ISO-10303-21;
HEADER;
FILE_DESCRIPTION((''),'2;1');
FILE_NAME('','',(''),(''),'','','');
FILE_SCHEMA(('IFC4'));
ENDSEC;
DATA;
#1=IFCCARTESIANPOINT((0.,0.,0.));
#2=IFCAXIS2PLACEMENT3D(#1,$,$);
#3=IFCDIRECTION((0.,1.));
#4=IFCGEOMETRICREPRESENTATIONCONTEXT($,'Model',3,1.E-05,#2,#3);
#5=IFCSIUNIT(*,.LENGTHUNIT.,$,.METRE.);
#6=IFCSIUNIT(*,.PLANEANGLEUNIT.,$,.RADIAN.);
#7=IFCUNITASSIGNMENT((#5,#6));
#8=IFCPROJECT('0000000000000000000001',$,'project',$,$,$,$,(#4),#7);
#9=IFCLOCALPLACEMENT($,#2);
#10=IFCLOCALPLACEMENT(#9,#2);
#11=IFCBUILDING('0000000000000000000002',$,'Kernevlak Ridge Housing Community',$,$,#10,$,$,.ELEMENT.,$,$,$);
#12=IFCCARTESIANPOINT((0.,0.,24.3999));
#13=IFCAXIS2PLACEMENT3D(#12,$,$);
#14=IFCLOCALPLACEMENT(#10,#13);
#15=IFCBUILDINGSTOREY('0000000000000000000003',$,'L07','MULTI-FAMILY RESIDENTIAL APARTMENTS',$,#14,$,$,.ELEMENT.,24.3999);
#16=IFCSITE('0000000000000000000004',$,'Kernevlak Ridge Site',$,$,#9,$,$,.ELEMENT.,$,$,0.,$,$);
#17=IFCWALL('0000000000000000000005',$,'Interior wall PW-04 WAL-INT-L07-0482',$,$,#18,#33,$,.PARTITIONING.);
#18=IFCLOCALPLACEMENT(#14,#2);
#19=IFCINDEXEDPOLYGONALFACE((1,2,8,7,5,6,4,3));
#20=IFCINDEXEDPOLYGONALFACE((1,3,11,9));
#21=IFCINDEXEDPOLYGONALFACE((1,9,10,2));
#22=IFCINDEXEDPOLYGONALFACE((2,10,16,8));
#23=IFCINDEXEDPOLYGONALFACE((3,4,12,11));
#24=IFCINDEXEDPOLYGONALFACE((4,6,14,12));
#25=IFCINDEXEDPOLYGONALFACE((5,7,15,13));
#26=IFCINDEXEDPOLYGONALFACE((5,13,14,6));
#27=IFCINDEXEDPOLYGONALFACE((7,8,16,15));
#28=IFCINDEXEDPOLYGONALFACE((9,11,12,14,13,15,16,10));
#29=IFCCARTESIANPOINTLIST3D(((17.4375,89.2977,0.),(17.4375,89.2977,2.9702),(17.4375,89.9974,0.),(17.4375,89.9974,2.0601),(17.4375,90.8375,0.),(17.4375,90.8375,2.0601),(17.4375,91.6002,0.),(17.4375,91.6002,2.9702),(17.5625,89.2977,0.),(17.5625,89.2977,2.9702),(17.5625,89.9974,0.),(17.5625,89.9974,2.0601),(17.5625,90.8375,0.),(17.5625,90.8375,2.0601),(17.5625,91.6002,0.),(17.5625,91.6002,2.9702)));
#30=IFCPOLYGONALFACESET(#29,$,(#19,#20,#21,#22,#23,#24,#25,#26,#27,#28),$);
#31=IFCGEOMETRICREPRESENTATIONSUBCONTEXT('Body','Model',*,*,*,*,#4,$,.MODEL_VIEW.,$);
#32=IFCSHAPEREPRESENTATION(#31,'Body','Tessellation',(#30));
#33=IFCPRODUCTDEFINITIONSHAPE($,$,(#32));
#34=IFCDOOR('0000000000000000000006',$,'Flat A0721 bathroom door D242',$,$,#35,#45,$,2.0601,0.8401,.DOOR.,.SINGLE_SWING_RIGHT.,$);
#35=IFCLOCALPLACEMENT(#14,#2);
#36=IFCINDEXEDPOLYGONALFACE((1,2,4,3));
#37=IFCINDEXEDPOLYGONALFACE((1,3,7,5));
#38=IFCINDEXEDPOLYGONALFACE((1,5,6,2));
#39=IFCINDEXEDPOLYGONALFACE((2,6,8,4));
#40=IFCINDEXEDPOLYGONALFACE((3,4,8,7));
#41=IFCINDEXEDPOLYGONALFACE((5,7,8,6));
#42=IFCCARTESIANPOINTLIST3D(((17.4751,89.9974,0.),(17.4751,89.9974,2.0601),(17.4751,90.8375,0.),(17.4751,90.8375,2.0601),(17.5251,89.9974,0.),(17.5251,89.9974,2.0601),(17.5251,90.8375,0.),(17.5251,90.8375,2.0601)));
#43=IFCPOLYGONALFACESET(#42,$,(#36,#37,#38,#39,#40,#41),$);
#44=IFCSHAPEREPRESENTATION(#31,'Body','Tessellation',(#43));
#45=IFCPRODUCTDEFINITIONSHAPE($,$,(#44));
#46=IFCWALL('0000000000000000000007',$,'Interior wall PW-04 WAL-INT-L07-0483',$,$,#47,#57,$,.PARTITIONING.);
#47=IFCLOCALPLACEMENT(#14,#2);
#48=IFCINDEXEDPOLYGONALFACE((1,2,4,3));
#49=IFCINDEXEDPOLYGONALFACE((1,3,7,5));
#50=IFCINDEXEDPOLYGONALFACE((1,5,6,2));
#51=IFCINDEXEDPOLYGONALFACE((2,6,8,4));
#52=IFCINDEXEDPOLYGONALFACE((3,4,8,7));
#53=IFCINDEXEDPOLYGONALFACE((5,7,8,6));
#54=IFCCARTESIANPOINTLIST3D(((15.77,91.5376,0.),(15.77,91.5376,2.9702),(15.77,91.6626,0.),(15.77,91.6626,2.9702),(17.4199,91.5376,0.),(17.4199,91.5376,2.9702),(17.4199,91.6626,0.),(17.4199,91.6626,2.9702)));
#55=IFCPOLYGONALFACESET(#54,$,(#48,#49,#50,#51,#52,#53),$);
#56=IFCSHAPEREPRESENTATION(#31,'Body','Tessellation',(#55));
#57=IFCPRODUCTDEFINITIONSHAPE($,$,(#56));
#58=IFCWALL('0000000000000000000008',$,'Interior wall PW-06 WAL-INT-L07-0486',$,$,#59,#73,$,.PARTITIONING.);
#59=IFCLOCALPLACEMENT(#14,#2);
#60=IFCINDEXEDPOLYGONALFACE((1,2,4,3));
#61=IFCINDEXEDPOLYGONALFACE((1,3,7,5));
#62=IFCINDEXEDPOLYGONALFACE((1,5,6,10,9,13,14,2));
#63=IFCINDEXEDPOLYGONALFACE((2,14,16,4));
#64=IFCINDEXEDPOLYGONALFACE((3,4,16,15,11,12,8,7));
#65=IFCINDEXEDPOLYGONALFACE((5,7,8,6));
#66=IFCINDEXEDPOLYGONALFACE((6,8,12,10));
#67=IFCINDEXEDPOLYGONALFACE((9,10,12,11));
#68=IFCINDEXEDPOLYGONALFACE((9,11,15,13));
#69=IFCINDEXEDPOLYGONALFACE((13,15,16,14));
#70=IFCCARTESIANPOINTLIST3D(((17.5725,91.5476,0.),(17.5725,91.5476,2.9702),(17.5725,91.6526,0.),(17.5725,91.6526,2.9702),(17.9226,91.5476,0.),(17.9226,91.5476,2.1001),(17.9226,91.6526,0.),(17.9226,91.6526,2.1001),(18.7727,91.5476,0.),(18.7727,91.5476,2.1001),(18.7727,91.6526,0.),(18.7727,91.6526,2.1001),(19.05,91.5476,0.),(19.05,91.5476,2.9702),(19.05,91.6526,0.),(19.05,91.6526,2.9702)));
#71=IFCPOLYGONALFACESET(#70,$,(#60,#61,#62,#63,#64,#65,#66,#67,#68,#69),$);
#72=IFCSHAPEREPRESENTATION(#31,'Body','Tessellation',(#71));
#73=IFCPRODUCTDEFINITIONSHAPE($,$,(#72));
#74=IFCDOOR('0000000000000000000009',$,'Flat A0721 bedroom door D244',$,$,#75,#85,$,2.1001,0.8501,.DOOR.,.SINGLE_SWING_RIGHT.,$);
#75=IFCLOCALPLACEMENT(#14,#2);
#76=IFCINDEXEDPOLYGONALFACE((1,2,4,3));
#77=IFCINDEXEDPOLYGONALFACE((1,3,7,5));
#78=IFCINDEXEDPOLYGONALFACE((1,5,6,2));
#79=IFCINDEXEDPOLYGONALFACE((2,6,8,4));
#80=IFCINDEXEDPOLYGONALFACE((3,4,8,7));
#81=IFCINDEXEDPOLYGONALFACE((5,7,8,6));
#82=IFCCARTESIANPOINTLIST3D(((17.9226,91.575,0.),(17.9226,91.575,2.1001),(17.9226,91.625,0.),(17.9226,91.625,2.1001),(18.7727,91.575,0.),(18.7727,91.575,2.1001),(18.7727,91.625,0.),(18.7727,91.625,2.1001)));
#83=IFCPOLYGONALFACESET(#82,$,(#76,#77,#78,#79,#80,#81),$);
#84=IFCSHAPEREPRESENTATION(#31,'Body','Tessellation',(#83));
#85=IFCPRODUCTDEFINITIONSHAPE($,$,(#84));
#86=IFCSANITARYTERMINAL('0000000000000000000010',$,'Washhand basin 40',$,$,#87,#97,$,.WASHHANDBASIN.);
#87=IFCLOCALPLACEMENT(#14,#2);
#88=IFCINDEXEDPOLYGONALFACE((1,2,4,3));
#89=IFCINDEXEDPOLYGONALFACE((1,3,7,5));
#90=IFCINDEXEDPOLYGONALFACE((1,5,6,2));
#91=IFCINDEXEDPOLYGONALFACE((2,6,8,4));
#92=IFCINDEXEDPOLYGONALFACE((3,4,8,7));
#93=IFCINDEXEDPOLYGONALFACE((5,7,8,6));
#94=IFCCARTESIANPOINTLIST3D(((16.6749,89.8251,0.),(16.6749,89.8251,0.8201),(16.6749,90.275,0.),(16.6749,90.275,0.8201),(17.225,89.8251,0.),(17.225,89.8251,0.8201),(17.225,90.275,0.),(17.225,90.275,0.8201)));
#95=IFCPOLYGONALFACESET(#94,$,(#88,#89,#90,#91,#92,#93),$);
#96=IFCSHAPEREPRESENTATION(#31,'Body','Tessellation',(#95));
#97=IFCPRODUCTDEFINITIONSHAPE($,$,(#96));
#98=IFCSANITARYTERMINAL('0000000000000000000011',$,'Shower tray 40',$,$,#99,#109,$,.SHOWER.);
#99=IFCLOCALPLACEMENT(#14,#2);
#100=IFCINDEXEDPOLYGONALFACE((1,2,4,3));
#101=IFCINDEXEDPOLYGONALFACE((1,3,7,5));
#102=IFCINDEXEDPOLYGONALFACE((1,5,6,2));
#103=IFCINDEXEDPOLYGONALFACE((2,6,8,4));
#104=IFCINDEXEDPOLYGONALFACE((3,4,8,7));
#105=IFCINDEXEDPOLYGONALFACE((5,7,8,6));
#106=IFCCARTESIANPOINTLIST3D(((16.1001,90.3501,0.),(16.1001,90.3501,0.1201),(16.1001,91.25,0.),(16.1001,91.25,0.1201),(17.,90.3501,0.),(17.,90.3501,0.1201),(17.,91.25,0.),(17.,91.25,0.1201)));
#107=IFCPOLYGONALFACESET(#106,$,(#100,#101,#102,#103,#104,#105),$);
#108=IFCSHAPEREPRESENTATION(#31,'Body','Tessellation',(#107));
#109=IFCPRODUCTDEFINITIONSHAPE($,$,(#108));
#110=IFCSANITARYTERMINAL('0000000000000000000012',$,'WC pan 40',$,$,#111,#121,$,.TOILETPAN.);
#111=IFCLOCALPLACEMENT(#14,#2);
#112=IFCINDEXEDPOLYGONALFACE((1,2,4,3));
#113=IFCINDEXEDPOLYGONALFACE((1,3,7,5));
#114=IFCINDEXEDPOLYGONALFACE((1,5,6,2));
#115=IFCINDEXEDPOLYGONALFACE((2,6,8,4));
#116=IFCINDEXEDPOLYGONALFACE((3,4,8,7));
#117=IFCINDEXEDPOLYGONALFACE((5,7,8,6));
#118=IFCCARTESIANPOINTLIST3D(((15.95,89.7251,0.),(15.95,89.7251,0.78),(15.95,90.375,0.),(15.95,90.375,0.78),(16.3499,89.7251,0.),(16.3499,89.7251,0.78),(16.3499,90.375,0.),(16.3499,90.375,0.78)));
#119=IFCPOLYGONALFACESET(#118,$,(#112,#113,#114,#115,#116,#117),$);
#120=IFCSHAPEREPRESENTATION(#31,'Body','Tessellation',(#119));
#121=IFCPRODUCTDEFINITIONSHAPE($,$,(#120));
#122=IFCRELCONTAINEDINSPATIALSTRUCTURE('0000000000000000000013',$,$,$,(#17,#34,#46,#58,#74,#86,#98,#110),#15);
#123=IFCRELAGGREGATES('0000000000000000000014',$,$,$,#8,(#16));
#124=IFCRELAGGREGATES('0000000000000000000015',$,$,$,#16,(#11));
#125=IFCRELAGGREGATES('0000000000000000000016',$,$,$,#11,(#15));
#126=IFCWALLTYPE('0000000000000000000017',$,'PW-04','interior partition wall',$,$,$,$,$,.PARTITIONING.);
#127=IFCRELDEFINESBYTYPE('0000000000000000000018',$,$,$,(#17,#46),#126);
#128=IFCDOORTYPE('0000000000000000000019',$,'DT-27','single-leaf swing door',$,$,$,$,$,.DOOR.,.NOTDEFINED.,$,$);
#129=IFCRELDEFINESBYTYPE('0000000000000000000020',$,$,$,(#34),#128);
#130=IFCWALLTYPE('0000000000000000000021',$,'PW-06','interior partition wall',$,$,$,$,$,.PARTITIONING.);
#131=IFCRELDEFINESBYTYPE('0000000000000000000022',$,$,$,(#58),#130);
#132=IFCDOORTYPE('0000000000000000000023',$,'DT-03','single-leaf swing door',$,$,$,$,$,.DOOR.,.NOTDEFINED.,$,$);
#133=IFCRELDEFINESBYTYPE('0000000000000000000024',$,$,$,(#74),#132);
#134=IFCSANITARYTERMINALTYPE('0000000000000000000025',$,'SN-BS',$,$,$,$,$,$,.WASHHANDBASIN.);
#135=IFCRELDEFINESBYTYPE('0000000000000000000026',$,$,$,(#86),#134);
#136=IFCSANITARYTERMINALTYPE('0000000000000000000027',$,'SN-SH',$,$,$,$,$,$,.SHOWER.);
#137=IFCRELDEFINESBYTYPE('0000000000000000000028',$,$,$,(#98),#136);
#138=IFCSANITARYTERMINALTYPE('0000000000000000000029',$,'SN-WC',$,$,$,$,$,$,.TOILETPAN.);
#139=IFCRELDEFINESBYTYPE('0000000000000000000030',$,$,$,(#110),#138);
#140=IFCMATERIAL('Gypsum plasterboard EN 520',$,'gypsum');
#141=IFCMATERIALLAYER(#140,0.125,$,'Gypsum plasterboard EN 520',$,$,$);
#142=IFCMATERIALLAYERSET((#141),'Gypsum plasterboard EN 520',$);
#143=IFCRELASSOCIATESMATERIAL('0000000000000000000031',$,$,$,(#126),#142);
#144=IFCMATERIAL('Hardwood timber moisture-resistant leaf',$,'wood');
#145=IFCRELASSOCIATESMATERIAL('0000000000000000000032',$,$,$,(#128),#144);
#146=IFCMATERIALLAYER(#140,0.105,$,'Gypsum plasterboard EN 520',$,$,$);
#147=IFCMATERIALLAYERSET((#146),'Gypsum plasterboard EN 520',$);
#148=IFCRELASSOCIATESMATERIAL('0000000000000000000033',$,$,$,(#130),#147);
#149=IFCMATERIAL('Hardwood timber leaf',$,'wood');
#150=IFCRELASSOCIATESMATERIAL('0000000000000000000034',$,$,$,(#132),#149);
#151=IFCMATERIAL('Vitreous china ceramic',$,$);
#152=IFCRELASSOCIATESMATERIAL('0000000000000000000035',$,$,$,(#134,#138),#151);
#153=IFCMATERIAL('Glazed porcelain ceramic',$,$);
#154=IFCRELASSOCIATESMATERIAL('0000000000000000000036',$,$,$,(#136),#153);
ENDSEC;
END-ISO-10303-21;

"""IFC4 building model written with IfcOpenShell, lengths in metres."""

from ifc_helpers import new_model, si_unit, direction, frame, frame_2d, origin, origin_2d, place, context, subcontext, project, spatial, rectangle, extrude, material, layer, layer_set, type_object, element, fill, save


model = new_model("IFC4")

# Units and contexts
model_context = context("Model", 3, precision=1e-05, world=origin(), true_north=direction((0.0, 1.0)))
body_context = subcontext(model_context, "Body", "Model", "MODEL_VIEW")
ifc_project = project(units=[si_unit("LENGTHUNIT", "METRE"), si_unit("PLANEANGLEUNIT", "RADIAN")], contexts=[model_context])

# Site, building, storey
site_placement = place(None, origin())
site = spatial("IfcSite", under=ifc_project, at=site_placement, Name="Kernevlak Ridge Site", CompositionType="ELEMENT", RefElevation=0.0)
building_placement = place(site_placement, origin())
building = spatial("IfcBuilding", under=site, at=building_placement, Name="Kernevlak Ridge Housing Community", CompositionType="ELEMENT")
storey_placement = place(building_placement, frame((0.0, 0.0, 24.3999)))
storey = spatial("IfcBuildingStorey", under=building, at=storey_placement, Name="L07", Description="MULTI-FAMILY RESIDENTIAL APARTMENTS", CompositionType="ELEMENT", Elevation=24.3999)

# Wall, opening, door
ifc_material_1 = material(Name="Gypsum plasterboard EN 520", Category="gypsum")
ifc_layer_1 = layer(ifc_material_1, 0.125, Name="Gypsum plasterboard EN 520")
ifc_layer_set_1 = layer_set([ifc_layer_1], Name="Gypsum plasterboard EN 520")
wall_type_1 = type_object("IfcWallType", Name="PW-04", Description="interior partition wall", PredefinedType="PARTITIONING", material=ifc_layer_set_1)
wall_1_placement = place(storey_placement, frame((17.5, 89.2976, 0.0), z_axis=(0.0, 0.0, 1.0), x_axis=(0.0, 1.0, 0.0)))
wall_1 = element("IfcWall", 1, at=wall_1_placement, inside=storey, type_object=wall_type_1, Name="Interior wall PW-04 WAL-INT-L07-0482", PredefinedType="PARTITIONING", context=body_context, shape_type="SweptSolid", body=[
    extrude(rectangle(XDim=2.3025, YDim=0.125, at=frame_2d((1.1514, 0.0))), origin(), (0.0, 0.0, 1.0), 2.9702),
])
opening_1_placement = place(wall_1_placement, frame((0.7, 0.0, 0.0)))
opening_1 = element("IfcOpeningElement", 2, at=opening_1_placement, cuts=wall_1, PredefinedType="OPENING", context=body_context, shape_type="SweptSolid", body=[
    extrude(rectangle(XDim=0.8401, YDim=2.0601, at=frame_2d((0.4199, 1.03))), frame((0.0, 0.0725, 0.0), z_axis=(0.0, -1.0, 0.0), x_axis=(1.0, 0.0, 0.0)), (0.0, 0.0, 1.0), 0.145),
])
ifc_material_2 = material(Name="Hardwood timber moisture-resistant leaf", Category="wood")
door_type_1 = type_object("IfcDoorType", Name="DT-27", Description="single-leaf swing door", OperationType="NOTDEFINED", PredefinedType="DOOR", material=ifc_material_2)
door_1_placement = place(opening_1_placement, origin())
door_1 = element("IfcDoor", 3, at=door_1_placement, inside=storey, type_object=door_type_1, Name="Flat A0721 bathroom door D242", OperationType="SINGLE_SWING_RIGHT", OverallHeight=2.0601, OverallWidth=0.8401, PredefinedType="DOOR", context=body_context, shape_type="SweptSolid", body=[
    extrude(rectangle(XDim=0.8401, YDim=2.0601, at=frame_2d((0.4199, 1.03))), frame((0.0, 0.0249, 0.0), z_axis=(0.0, -1.0, 0.0), x_axis=(1.0, 0.0, 0.0)), (0.0, 0.0, 1.0), 0.05),
])
fill(opening_1, door_1)

# Wall
wall_2_placement = place(storey_placement, frame((15.77, 91.6001, 0.0), z_axis=(0.0, 0.0, 1.0), x_axis=(1.0, 0.0, 0.0)))
element("IfcWall", 4, at=wall_2_placement, inside=storey, type_object=wall_type_1, Name="Interior wall PW-04 WAL-INT-L07-0483", PredefinedType="PARTITIONING", context=body_context, shape_type="SweptSolid", body=[
    extrude(rectangle(XDim=1.6499, YDim=0.125, at=frame_2d((0.825, 0.0))), origin(), (0.0, 0.0, 1.0), 2.9702),
])

# Wall, opening, door
ifc_layer_2 = layer(ifc_material_1, 0.105, Name="Gypsum plasterboard EN 520")
ifc_layer_set_2 = layer_set([ifc_layer_2], Name="Gypsum plasterboard EN 520")
wall_type_2 = type_object("IfcWallType", Name="PW-06", Description="interior partition wall", PredefinedType="PARTITIONING", material=ifc_layer_set_2)
wall_3_placement = place(storey_placement, frame((17.5725, 91.6001, 0.0), z_axis=(0.0, 0.0, 1.0), x_axis=(1.0, 0.0, 0.0)))
wall_3 = element("IfcWall", 5, at=wall_3_placement, inside=storey, type_object=wall_type_2, Name="Interior wall PW-06 WAL-INT-L07-0486", PredefinedType="PARTITIONING", context=body_context, shape_type="SweptSolid", body=[
    extrude(rectangle(XDim=1.4775, YDim=0.105, at=frame_2d((0.7388, 0.0))), origin(), (0.0, 0.0, 1.0), 2.9702),
])
opening_2_placement = place(wall_3_placement, frame((0.3501, 0.0, 0.0)))
opening_2 = element("IfcOpeningElement", 6, at=opening_2_placement, cuts=wall_3, PredefinedType="OPENING", context=body_context, shape_type="SweptSolid", body=[
    extrude(rectangle(XDim=0.8501, YDim=2.1001, at=frame_2d((0.425, 1.05))), frame((0.0, 0.0625, 0.0), z_axis=(0.0, -1.0, 0.0), x_axis=(1.0, 0.0, 0.0)), (0.0, 0.0, 1.0), 0.125),
])
ifc_material_3 = material(Name="Hardwood timber leaf", Category="wood")
door_type_2 = type_object("IfcDoorType", Name="DT-03", Description="single-leaf swing door", OperationType="NOTDEFINED", PredefinedType="DOOR", material=ifc_material_3)
door_2_placement = place(opening_2_placement, origin())
door_2 = element("IfcDoor", 7, at=door_2_placement, inside=storey, type_object=door_type_2, Name="Flat A0721 bedroom door D244", OperationType="SINGLE_SWING_RIGHT", OverallHeight=2.1001, OverallWidth=0.8501, PredefinedType="DOOR", context=body_context, shape_type="SweptSolid", body=[
    extrude(rectangle(XDim=0.8501, YDim=2.1001, at=frame_2d((0.425, 1.05))), frame((0.0, 0.0249, 0.0), z_axis=(0.0, -1.0, 0.0), x_axis=(1.0, 0.0, 0.0)), (0.0, 0.0, 1.0), 0.05),
])
fill(opening_2, door_2)

# Sanitary terminals
ifc_material_4 = material(Name="Vitreous china ceramic")
sanitary_terminal_type_1 = type_object("IfcSanitaryTerminalType", Name="SN-BS", PredefinedType="WASHHANDBASIN", material=ifc_material_4)
sanitary_terminal_1_placement = place(storey_placement, frame((16.95, 90.05, 0.0), z_axis=(0.0, 0.0, 1.0), x_axis=(1.0, 0.0, 0.0)))
element("IfcSanitaryTerminal", 8, at=sanitary_terminal_1_placement, inside=storey, type_object=sanitary_terminal_type_1, Name="Washhand basin 40", PredefinedType="WASHHANDBASIN", context=body_context, shape_type="SweptSolid", body=[
    extrude(rectangle(XDim=0.55, YDim=0.45, at=origin_2d()), origin(), (0.0, 0.0, 1.0), 0.8201),
])
ifc_material_5 = material(Name="Glazed porcelain ceramic")
sanitary_terminal_type_2 = type_object("IfcSanitaryTerminalType", Name="SN-SH", PredefinedType="SHOWER", material=ifc_material_5)
sanitary_terminal_2_placement = place(storey_placement, frame((16.55, 90.8, 0.0), z_axis=(0.0, 0.0, 1.0), x_axis=(1.0, 0.0, 0.0)))
element("IfcSanitaryTerminal", 9, at=sanitary_terminal_2_placement, inside=storey, type_object=sanitary_terminal_type_2, Name="Shower tray 40", PredefinedType="SHOWER", context=body_context, shape_type="SweptSolid", body=[
    extrude(rectangle(XDim=0.8999, YDim=0.8999, at=origin_2d()), origin(), (0.0, 0.0, 1.0), 0.1201),
])
sanitary_terminal_type_3 = type_object("IfcSanitaryTerminalType", Name="SN-WC", PredefinedType="TOILETPAN", material=ifc_material_4)
sanitary_terminal_3_placement = place(storey_placement, frame((16.1499, 90.05, 0.0), z_axis=(0.0, 0.0, 1.0), x_axis=(1.0, 0.0, 0.0)))
element("IfcSanitaryTerminal", 10, at=sanitary_terminal_3_placement, inside=storey, type_object=sanitary_terminal_type_3, Name="WC pan 40", PredefinedType="TOILETPAN", context=body_context, shape_type="SweptSolid", body=[
    extrude(rectangle(XDim=0.3999, YDim=0.6499, at=origin_2d()), origin(), (0.0, 0.0, 1.0), 0.78),
])

save(model, "model.ifc")
